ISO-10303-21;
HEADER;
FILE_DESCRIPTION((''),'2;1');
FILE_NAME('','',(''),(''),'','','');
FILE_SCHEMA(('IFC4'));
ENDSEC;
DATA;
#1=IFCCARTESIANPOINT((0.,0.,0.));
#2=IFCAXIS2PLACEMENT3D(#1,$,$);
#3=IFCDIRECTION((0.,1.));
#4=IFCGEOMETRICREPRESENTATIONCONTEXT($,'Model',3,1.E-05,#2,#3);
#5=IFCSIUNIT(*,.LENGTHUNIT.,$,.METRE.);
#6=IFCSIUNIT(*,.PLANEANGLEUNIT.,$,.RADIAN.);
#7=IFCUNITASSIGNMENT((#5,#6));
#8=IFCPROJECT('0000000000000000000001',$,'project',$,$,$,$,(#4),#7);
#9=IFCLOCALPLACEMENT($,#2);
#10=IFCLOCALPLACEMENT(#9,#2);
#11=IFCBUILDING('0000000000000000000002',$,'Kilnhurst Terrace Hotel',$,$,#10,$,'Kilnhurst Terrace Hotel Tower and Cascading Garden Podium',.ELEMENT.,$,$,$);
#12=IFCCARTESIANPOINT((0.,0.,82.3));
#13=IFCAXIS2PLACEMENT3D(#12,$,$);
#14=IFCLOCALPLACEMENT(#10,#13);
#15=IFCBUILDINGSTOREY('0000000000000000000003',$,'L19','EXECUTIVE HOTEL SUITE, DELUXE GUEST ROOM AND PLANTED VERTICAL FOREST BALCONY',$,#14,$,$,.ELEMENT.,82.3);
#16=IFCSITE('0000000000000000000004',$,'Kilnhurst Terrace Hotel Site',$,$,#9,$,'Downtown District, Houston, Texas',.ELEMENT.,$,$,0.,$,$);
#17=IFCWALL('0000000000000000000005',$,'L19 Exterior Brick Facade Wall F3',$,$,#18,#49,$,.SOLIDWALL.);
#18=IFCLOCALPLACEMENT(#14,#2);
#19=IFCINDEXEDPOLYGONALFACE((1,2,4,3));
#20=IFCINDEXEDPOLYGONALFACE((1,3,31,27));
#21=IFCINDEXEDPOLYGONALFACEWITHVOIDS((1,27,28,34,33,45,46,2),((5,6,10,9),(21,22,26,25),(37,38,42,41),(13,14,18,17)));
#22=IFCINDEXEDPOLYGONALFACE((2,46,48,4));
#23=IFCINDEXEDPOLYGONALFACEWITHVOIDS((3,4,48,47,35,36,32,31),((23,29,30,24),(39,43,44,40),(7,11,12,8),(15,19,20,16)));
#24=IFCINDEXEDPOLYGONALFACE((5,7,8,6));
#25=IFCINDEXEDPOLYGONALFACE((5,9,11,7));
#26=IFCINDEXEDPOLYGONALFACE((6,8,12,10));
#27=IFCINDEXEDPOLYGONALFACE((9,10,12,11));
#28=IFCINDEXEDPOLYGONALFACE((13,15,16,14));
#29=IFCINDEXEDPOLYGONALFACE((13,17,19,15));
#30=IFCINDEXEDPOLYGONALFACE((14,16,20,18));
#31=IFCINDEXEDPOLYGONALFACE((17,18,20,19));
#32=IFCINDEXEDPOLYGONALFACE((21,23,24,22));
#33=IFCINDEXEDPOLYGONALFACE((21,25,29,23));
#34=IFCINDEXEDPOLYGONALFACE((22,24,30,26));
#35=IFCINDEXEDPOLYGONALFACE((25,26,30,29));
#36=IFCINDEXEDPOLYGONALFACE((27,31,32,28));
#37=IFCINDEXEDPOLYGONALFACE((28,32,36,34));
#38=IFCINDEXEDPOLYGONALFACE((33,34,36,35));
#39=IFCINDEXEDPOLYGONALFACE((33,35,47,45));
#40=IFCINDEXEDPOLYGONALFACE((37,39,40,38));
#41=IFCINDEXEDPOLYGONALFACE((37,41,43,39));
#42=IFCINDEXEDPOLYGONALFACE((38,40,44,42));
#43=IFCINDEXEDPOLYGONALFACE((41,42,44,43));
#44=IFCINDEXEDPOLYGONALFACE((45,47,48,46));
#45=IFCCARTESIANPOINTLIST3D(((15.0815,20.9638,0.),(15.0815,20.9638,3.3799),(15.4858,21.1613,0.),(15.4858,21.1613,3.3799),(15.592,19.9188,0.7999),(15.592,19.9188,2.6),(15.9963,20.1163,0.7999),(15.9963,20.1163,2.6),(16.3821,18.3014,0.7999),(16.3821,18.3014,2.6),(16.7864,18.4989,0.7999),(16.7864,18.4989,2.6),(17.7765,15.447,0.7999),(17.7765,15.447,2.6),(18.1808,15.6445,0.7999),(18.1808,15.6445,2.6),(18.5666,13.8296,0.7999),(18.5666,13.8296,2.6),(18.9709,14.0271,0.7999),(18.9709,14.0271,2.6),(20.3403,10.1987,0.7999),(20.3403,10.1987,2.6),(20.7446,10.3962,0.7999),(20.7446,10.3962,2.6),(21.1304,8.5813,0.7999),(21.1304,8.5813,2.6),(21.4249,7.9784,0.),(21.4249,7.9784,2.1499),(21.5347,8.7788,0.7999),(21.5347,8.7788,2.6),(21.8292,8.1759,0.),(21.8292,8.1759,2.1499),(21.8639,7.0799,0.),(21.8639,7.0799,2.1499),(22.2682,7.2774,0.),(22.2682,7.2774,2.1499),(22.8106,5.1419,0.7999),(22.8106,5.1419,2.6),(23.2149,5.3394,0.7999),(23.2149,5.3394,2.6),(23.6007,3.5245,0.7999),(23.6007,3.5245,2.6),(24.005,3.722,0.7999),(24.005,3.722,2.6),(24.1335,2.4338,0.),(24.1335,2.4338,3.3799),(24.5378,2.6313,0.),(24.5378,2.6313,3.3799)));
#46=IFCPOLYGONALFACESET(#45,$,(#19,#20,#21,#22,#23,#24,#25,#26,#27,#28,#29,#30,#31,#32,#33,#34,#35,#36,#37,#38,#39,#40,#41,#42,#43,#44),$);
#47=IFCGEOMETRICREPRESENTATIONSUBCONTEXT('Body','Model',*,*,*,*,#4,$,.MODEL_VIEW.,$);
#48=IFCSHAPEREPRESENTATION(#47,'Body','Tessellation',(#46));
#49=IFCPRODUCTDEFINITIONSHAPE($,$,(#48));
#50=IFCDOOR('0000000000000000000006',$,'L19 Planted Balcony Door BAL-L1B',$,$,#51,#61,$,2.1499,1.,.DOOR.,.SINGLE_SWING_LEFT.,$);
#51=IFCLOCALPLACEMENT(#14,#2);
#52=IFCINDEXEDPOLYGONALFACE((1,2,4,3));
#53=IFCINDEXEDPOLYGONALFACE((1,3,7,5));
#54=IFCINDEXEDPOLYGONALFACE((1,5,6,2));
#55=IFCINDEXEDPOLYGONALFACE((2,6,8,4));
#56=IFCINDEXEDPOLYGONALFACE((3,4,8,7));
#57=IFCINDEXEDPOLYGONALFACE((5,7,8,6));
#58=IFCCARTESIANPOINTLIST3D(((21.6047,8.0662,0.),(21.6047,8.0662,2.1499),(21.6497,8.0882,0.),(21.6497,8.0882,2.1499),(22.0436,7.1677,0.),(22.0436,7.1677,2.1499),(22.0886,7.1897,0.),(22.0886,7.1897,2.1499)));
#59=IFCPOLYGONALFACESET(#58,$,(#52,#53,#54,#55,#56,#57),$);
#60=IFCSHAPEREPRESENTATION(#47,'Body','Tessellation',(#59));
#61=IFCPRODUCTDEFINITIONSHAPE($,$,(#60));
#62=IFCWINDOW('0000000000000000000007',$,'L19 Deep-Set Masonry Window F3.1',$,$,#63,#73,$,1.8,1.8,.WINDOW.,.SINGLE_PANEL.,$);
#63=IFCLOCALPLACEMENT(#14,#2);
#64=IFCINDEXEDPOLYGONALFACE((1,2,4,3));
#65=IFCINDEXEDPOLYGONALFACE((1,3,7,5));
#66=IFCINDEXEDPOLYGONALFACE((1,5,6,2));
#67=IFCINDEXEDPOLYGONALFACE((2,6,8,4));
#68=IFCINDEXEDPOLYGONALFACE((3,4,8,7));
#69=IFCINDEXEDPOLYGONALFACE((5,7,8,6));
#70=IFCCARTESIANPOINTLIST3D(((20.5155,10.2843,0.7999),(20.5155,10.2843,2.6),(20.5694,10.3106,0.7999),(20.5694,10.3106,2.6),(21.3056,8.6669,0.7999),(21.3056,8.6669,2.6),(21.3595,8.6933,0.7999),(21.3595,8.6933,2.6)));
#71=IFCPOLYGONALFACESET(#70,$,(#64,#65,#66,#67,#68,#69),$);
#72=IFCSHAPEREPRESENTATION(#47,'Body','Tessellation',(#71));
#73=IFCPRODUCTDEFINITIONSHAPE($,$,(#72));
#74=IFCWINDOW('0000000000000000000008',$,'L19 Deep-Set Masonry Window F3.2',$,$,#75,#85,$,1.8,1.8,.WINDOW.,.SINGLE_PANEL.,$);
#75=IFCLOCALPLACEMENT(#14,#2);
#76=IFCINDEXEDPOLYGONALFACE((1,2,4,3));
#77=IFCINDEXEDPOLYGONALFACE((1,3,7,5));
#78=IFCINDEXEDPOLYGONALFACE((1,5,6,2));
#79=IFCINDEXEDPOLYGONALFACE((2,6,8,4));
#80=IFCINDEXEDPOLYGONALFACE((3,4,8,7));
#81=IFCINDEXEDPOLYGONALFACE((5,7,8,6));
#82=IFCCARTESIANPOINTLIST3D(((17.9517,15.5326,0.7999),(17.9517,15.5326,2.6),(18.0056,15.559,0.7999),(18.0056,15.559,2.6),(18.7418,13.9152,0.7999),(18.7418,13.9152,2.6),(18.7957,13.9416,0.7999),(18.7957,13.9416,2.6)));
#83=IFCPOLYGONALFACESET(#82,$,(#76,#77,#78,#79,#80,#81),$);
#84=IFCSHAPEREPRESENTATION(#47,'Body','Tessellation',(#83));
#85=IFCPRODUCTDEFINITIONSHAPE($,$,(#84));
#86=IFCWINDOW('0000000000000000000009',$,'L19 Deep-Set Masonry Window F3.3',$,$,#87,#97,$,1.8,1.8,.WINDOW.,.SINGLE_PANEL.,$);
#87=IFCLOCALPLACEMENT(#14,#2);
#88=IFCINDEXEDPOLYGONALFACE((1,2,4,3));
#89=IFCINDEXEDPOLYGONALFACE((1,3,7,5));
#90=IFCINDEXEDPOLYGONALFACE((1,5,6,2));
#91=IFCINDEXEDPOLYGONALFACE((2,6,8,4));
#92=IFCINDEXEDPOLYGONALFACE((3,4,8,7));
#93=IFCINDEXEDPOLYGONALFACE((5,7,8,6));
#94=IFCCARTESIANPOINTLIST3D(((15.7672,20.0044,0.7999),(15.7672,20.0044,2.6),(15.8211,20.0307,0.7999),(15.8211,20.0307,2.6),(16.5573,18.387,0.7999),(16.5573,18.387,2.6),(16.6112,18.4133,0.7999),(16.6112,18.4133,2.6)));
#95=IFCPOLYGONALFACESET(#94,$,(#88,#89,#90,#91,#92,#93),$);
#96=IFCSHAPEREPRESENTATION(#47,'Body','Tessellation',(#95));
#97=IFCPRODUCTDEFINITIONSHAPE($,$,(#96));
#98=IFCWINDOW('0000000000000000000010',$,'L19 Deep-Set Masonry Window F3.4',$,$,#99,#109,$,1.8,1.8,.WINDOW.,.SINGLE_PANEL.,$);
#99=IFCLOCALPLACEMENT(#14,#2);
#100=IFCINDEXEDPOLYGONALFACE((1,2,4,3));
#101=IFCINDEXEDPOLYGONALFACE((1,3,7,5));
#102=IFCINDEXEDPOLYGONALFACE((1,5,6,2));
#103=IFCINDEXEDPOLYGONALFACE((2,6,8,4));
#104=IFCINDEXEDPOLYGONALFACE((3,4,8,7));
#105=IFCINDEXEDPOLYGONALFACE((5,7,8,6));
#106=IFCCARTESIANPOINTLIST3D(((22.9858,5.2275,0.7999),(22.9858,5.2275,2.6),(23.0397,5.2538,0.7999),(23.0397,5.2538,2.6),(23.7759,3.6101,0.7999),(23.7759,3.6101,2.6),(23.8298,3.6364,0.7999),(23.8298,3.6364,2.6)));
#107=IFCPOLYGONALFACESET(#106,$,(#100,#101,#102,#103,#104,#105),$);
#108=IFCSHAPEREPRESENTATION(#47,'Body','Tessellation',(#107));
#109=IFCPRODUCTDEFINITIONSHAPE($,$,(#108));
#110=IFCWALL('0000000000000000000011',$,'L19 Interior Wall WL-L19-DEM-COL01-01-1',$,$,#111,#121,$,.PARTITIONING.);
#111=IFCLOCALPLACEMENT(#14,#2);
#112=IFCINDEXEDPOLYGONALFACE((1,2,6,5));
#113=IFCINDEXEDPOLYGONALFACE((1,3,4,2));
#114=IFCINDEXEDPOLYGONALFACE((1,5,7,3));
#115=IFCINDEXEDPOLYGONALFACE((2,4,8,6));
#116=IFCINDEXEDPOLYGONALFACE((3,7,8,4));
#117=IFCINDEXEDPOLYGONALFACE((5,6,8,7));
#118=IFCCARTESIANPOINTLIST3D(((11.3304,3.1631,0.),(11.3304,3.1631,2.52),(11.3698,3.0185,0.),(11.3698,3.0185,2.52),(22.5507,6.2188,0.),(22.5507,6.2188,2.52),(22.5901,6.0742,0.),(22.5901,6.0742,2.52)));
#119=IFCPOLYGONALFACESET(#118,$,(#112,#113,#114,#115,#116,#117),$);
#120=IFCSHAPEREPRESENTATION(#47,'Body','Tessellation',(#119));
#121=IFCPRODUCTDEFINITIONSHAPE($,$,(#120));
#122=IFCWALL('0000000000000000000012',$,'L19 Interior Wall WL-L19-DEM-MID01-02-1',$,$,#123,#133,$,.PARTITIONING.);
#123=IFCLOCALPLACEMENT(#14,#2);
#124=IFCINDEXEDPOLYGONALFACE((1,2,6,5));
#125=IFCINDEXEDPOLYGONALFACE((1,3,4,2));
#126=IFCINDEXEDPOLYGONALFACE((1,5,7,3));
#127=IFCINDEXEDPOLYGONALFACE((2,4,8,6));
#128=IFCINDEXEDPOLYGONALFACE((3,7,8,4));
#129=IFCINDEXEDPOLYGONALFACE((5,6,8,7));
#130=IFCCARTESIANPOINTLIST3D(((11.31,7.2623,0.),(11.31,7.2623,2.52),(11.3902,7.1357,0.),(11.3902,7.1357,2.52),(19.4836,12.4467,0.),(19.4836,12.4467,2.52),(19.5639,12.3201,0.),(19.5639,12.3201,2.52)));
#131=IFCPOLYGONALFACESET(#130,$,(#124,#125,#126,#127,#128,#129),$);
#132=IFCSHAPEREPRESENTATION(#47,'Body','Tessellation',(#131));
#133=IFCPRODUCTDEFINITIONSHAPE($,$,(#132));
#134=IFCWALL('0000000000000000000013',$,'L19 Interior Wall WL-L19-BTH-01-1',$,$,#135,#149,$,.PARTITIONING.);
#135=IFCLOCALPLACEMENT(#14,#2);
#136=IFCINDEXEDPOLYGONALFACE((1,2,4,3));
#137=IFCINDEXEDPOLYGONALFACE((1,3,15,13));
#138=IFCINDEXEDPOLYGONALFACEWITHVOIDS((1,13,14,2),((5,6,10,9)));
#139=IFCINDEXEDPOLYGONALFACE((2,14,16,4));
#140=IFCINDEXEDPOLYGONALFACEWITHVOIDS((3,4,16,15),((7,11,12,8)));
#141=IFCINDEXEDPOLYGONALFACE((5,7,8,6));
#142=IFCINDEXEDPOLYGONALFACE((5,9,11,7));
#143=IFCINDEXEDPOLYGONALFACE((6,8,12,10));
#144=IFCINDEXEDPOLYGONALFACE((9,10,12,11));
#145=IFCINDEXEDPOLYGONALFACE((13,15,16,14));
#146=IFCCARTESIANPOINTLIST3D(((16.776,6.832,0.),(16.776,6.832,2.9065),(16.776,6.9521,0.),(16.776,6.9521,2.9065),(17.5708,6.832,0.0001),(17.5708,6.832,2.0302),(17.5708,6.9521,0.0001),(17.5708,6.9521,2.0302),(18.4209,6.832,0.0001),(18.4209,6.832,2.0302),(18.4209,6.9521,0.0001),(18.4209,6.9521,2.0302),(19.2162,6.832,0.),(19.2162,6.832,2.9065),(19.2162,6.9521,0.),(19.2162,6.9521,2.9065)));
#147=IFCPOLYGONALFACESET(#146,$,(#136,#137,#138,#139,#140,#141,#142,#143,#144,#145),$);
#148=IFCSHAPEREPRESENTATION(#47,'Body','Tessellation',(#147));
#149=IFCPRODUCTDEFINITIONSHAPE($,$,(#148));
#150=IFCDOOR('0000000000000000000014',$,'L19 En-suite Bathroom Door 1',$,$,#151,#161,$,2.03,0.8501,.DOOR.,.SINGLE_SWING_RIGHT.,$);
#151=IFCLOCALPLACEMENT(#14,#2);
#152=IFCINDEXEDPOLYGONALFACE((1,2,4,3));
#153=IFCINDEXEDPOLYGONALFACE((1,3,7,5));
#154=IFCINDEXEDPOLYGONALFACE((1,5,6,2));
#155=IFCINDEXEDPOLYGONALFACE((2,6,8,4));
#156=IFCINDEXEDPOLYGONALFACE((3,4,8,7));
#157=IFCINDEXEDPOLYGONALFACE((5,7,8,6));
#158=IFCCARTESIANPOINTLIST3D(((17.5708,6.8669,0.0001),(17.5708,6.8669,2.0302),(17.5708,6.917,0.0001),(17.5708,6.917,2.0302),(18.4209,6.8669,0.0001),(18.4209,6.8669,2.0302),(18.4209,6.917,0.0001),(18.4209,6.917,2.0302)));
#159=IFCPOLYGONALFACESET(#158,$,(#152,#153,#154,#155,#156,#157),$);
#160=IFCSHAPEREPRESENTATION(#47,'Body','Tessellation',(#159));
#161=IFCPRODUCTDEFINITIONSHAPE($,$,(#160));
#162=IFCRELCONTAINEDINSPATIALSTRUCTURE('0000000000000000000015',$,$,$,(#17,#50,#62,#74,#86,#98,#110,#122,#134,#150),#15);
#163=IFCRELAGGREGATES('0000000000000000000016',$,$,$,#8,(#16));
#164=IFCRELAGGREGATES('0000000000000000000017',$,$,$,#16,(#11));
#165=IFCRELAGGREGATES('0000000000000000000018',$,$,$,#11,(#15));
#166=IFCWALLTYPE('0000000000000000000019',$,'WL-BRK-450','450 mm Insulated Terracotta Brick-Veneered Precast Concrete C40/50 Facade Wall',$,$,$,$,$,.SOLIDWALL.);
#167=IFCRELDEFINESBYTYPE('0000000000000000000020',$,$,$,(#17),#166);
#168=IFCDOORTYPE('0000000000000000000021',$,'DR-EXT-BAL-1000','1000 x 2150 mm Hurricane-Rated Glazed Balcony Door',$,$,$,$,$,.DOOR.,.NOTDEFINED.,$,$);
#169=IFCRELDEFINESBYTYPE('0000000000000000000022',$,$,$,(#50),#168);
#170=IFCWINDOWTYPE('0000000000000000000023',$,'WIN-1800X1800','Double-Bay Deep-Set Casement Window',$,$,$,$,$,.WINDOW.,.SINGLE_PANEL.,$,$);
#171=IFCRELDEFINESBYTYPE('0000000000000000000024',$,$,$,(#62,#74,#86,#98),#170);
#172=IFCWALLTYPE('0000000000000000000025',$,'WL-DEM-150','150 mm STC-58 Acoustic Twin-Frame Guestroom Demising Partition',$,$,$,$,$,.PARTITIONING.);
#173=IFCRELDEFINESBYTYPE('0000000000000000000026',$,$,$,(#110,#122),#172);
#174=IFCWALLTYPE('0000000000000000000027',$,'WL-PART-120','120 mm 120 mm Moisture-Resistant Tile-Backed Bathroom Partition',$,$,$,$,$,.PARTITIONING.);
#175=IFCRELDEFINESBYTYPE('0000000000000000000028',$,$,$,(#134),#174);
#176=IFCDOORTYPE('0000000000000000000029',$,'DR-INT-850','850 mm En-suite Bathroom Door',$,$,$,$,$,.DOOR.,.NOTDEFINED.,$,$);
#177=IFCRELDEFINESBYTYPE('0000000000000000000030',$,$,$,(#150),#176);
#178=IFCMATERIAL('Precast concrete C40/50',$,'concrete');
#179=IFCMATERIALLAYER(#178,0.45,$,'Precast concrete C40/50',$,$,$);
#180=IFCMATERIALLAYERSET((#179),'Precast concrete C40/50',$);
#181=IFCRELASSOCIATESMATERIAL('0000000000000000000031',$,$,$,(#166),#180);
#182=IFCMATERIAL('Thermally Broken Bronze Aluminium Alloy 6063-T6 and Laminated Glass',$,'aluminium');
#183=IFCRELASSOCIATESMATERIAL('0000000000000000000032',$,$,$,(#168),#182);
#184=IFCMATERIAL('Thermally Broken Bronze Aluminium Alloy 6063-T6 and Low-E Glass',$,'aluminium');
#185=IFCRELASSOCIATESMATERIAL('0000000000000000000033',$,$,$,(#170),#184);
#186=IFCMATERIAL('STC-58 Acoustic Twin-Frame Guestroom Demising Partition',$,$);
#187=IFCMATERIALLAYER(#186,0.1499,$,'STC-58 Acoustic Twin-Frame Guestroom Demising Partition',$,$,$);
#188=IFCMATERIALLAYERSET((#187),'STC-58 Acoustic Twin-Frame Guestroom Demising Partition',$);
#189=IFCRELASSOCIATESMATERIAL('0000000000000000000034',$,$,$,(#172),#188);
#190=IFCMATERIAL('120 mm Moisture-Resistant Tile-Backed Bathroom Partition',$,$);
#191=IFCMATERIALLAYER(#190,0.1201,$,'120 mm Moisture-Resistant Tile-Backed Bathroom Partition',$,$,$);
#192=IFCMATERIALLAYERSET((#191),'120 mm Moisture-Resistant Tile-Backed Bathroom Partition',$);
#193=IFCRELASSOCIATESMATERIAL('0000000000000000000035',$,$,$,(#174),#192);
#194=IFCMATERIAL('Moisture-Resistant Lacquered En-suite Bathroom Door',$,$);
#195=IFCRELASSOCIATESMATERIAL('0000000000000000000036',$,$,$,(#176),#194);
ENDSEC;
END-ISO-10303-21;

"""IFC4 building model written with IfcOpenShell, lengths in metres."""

from ifc_helpers import new_model, si_unit, direction, frame, frame_2d, origin, place, context, subcontext, project, spatial, rectangle, extrude, material, layer, layer_set, type_object, element, fill, save


model = new_model("IFC4")

# Units and contexts
model_context = context("Model", 3, precision=1e-05, world=origin(), true_north=direction((0.0, 1.0)))
body_context = subcontext(model_context, "Body", "Model", "MODEL_VIEW")
ifc_project = project(units=[si_unit("LENGTHUNIT", "METRE"), si_unit("PLANEANGLEUNIT", "RADIAN")], contexts=[model_context])

# Site, building, storey
site_placement = place(None, origin())
site = spatial("IfcSite", under=ifc_project, at=site_placement, Name="Kilnhurst Terrace Hotel Site", LongName="Downtown District, Houston, Texas", CompositionType="ELEMENT", RefElevation=0.0)
building_placement = place(site_placement, origin())
building = spatial("IfcBuilding", under=site, at=building_placement, Name="Kilnhurst Terrace Hotel", LongName="Kilnhurst Terrace Hotel Tower and Cascading Garden Podium", CompositionType="ELEMENT")
storey_placement = place(building_placement, frame((0.0, 0.0, 82.3)))
storey = spatial("IfcBuildingStorey", under=building, at=storey_placement, Name="L19", Description="EXECUTIVE HOTEL SUITE, DELUXE GUEST ROOM AND PLANTED VERTICAL FOREST BALCONY", CompositionType="ELEMENT", Elevation=82.3)

# Shared definitions
ifc_material_1 = material(Name="Precast concrete C40/50", Category="concrete")
ifc_layer_1 = layer(ifc_material_1, 0.45, Name="Precast concrete C40/50")
ifc_layer_set_1 = layer_set([ifc_layer_1], Name="Precast concrete C40/50")
wall_type_1 = type_object("IfcWallType", Name="WL-BRK-450", Description="450 mm Insulated Terracotta Brick-Veneered Precast Concrete C40/50 Facade Wall", PredefinedType="SOLIDWALL", material=ifc_layer_set_1)

# Wall, openings, door, windows
wall_1_placement = place(storey_placement, frame((24.3357, 2.5325, 0.0), z_axis=(0.0, 0.0, 1.0), x_axis=(-0.438931, 0.898521, 0.0)))
wall_1 = element("IfcWall", 1, at=wall_1_placement, inside=storey, type_object=wall_type_1, Name="L19 Exterior Brick Facade Wall F3", PredefinedType="SOLIDWALL", context=body_context, shape_type="SweptSolid", body=[
    extrude(rectangle(XDim=20.6228, YDim=0.45, at=frame_2d((10.3115, 0.0))), origin(), (0.0, 0.0, 1.0), 3.3799),
])
opening_1_placement = place(wall_1_placement, frame((5.1709, 0.0, 0.0)))
opening_1 = element("IfcOpeningElement", 2, at=opening_1_placement, cuts=wall_1, PredefinedType="OPENING", context=body_context, shape_type="SweptSolid", body=[
    extrude(rectangle(XDim=1.0, YDim=2.1499, at=frame_2d((0.5, 1.075))), frame((0.0, 0.2349, 0.0), z_axis=(0.0, -1.0, 0.0), x_axis=(1.0, 0.0, 0.0)), (0.0, 0.0, 1.0), 0.47),
])
opening_2_placement = place(wall_1_placement, frame((6.842, 0.0, 0.8)))
opening_2 = element("IfcOpeningElement", 3, at=opening_2_placement, cuts=wall_1, PredefinedType="OPENING", context=body_context, shape_type="SweptSolid", body=[
    extrude(rectangle(XDim=1.8, YDim=1.8, at=frame_2d((0.8999, 0.8999))), frame((0.0, 0.2349, 0.0), z_axis=(0.0, -1.0, 0.0), x_axis=(1.0, 0.0, 0.0)), (0.0, 0.0, 1.0), 0.47),
])
opening_3_placement = place(wall_1_placement, frame((12.6831, 0.0, 0.8)))
opening_3 = element("IfcOpeningElement", 4, at=opening_3_placement, cuts=wall_1, PredefinedType="OPENING", context=body_context, shape_type="SweptSolid", body=[
    extrude(rectangle(XDim=1.8, YDim=1.8, at=frame_2d((0.8999, 0.8999))), frame((0.0, 0.2349, 0.0), z_axis=(0.0, -1.0, 0.0), x_axis=(1.0, 0.0, 0.0)), (0.0, 0.0, 1.0), 0.47),
])
opening_4_placement = place(wall_1_placement, frame((17.6599, 0.0, 0.8)))
opening_4 = element("IfcOpeningElement", 5, at=opening_4_placement, cuts=wall_1, PredefinedType="OPENING", context=body_context, shape_type="SweptSolid", body=[
    extrude(rectangle(XDim=1.8, YDim=1.8, at=frame_2d((0.8999, 0.8999))), frame((0.0, 0.2349, 0.0), z_axis=(0.0, -1.0, 0.0), x_axis=(1.0, 0.0, 0.0)), (0.0, 0.0, 1.0), 0.47),
])
opening_5_placement = place(wall_1_placement, frame((1.2141, 0.0, 0.8)))
opening_5 = element("IfcOpeningElement", 6, at=opening_5_placement, cuts=wall_1, PredefinedType="OPENING", context=body_context, shape_type="SweptSolid", body=[
    extrude(rectangle(XDim=1.8, YDim=1.8, at=frame_2d((0.8999, 0.8999))), frame((0.0, 0.2349, 0.0), z_axis=(0.0, -1.0, 0.0), x_axis=(1.0, 0.0, 0.0)), (0.0, 0.0, 1.0), 0.47),
])
ifc_material_2 = material(Name="Thermally Broken Bronze Aluminium Alloy 6063-T6 and Laminated Glass", Category="aluminium")
door_type_1 = type_object("IfcDoorType", Name="DR-EXT-BAL-1000", Description="1000 x 2150 mm Hurricane-Rated Glazed Balcony Door", OperationType="NOTDEFINED", PredefinedType="DOOR", material=ifc_material_2)
door_1_placement = place(opening_1_placement, origin())
door_1 = element("IfcDoor", 7, at=door_1_placement, inside=storey, type_object=door_type_1, Name="L19 Planted Balcony Door BAL-L1B", OperationType="SINGLE_SWING_LEFT", OverallHeight=2.1499, OverallWidth=1.0, PredefinedType="DOOR", context=body_context, shape_type="SweptSolid", body=[
    extrude(rectangle(XDim=1.0, YDim=2.1499, at=frame_2d((0.5, 1.075))), frame((0.0, 0.0249, 0.0), z_axis=(0.0, -1.0, 0.0), x_axis=(1.0, 0.0, 0.0)), (0.0, 0.0, 1.0), 0.05),
])
fill(opening_1, door_1)
ifc_material_3 = material(Name="Thermally Broken Bronze Aluminium Alloy 6063-T6 and Low-E Glass", Category="aluminium")
window_type = type_object("IfcWindowType", Name="WIN-1800X1800", Description="Double-Bay Deep-Set Casement Window", PartitioningType="SINGLE_PANEL", PredefinedType="WINDOW", material=ifc_material_3)
window_1_placement = place(opening_2_placement, origin())
window_1 = element("IfcWindow", 8, at=window_1_placement, inside=storey, type_object=window_type, Name="L19 Deep-Set Masonry Window F3.1", OverallHeight=1.8, OverallWidth=1.8, PartitioningType="SINGLE_PANEL", PredefinedType="WINDOW", context=body_context, shape_type="SweptSolid", body=[
    extrude(rectangle(XDim=1.8, YDim=1.8, at=frame_2d((0.8999, 0.8999))), frame((0.0, 0.03, 0.0), z_axis=(0.0, -1.0, 0.0), x_axis=(1.0, 0.0, 0.0)), (0.0, 0.0, 1.0), 0.0601),
])
fill(opening_2, window_1)
window_2_placement = place(opening_3_placement, origin())
window_2 = element("IfcWindow", 9, at=window_2_placement, inside=storey, type_object=window_type, Name="L19 Deep-Set Masonry Window F3.2", OverallHeight=1.8, OverallWidth=1.8, PartitioningType="SINGLE_PANEL", PredefinedType="WINDOW", context=body_context, shape_type="SweptSolid", body=[
    extrude(rectangle(XDim=1.8, YDim=1.8, at=frame_2d((0.8999, 0.8999))), frame((0.0, 0.03, 0.0), z_axis=(0.0, -1.0, 0.0), x_axis=(1.0, 0.0, 0.0)), (0.0, 0.0, 1.0), 0.0601),
])
fill(opening_3, window_2)
window_3_placement = place(opening_4_placement, origin())
window_3 = element("IfcWindow", 10, at=window_3_placement, inside=storey, type_object=window_type, Name="L19 Deep-Set Masonry Window F3.3", OverallHeight=1.8, OverallWidth=1.8, PartitioningType="SINGLE_PANEL", PredefinedType="WINDOW", context=body_context, shape_type="SweptSolid", body=[
    extrude(rectangle(XDim=1.8, YDim=1.8, at=frame_2d((0.8999, 0.8999))), frame((0.0, 0.03, 0.0), z_axis=(0.0, -1.0, 0.0), x_axis=(1.0, 0.0, 0.0)), (0.0, 0.0, 1.0), 0.0601),
])
fill(opening_4, window_3)
window_4_placement = place(opening_5_placement, origin())
window_4 = element("IfcWindow", 11, at=window_4_placement, inside=storey, type_object=window_type, Name="L19 Deep-Set Masonry Window F3.4", OverallHeight=1.8, OverallWidth=1.8, PartitioningType="SINGLE_PANEL", PredefinedType="WINDOW", context=body_context, shape_type="SweptSolid", body=[
    extrude(rectangle(XDim=1.8, YDim=1.8, at=frame_2d((0.8999, 0.8999))), frame((0.0, 0.03, 0.0), z_axis=(0.0, -1.0, 0.0), x_axis=(1.0, 0.0, 0.0)), (0.0, 0.0, 1.0), 0.0601),
])
fill(opening_5, window_4)

# Walls
ifc_material_4 = material(Name="STC-58 Acoustic Twin-Frame Guestroom Demising Partition")
ifc_layer_2 = layer(ifc_material_4, 0.1499, Name="STC-58 Acoustic Twin-Frame Guestroom Demising Partition")
ifc_layer_set_2 = layer_set([ifc_layer_2], Name="STC-58 Acoustic Twin-Frame Guestroom Demising Partition")
wall_type_2 = type_object("IfcWallType", Name="WL-DEM-150", Description="150 mm STC-58 Acoustic Twin-Frame Guestroom Demising Partition", PredefinedType="PARTITIONING", material=ifc_layer_set_2)
wall_2_placement = place(storey_placement, frame((11.3501, 3.0908, 0.0), z_axis=(0.0, 0.0, 1.0), x_axis=(0.96486, 0.262766, 0.0)))
element("IfcWall", 12, at=wall_2_placement, inside=storey, type_object=wall_type_2, Name="L19 Interior Wall WL-L19-DEM-COL01-01-1", PredefinedType="PARTITIONING", context=body_context, shape_type="SweptSolid", body=[
    extrude(rectangle(XDim=11.6289, YDim=0.1499, at=frame_2d((5.8145, 0.0))), origin(), (0.0, 0.0, 1.0), 2.52),
])
wall_3_placement = place(storey_placement, frame((11.3501, 7.199, 0.0), z_axis=(0.0, 0.0, 1.0), x_axis=(0.844458, 0.535621, 0.0)))
element("IfcWall", 13, at=wall_3_placement, inside=storey, type_object=wall_type_2, Name="L19 Interior Wall WL-L19-DEM-MID01-02-1", PredefinedType="PARTITIONING", context=body_context, shape_type="SweptSolid", body=[
    extrude(rectangle(XDim=9.6792, YDim=0.1499, at=frame_2d((4.8396, 0.0))), origin(), (0.0, 0.0, 1.0), 2.52),
])

# Wall, opening, door
ifc_material_5 = material(Name="120 mm Moisture-Resistant Tile-Backed Bathroom Partition")
ifc_layer_3 = layer(ifc_material_5, 0.1201, Name="120 mm Moisture-Resistant Tile-Backed Bathroom Partition")
ifc_layer_set_3 = layer_set([ifc_layer_3], Name="120 mm Moisture-Resistant Tile-Backed Bathroom Partition")
wall_type_3 = type_object("IfcWallType", Name="WL-PART-120", Description="120 mm 120 mm Moisture-Resistant Tile-Backed Bathroom Partition", PredefinedType="PARTITIONING", material=ifc_layer_set_3)
wall_4_placement = place(storey_placement, frame((16.7759, 6.8921, 0.0), z_axis=(0.0, 0.0, 1.0), x_axis=(1.0, 0.0, 0.0)))
wall_4 = element("IfcWall", 14, at=wall_4_placement, inside=storey, type_object=wall_type_3, Name="L19 Interior Wall WL-L19-BTH-01-1", PredefinedType="PARTITIONING", context=body_context, shape_type="SweptSolid", body=[
    extrude(rectangle(XDim=2.4402, YDim=0.1201, at=frame_2d((1.2202, 0.0))), origin(), (0.0, 0.0, 1.0), 2.9065),
])
opening_6_placement = place(wall_4_placement, frame((0.7949, 0.0, 0.0)))
opening_6 = element("IfcOpeningElement", 15, at=opening_6_placement, cuts=wall_4, PredefinedType="OPENING", context=body_context, shape_type="SweptSolid", body=[
    extrude(rectangle(XDim=0.8501, YDim=2.03, at=frame_2d((0.425, 1.0151))), frame((0.0, 0.0701, 0.0), z_axis=(0.0, -1.0, 0.0), x_axis=(1.0, 0.0, 0.0)), (0.0, 0.0, 1.0), 0.1401),
])
ifc_material_6 = material(Name="Moisture-Resistant Lacquered En-suite Bathroom Door")
door_type_2 = type_object("IfcDoorType", Name="DR-INT-850", Description="850 mm En-suite Bathroom Door", OperationType="NOTDEFINED", PredefinedType="DOOR", material=ifc_material_6)
door_2_placement = place(opening_6_placement, origin())
door_2 = element("IfcDoor", 16, at=door_2_placement, inside=storey, type_object=door_type_2, Name="L19 En-suite Bathroom Door 1", OperationType="SINGLE_SWING_RIGHT", OverallHeight=2.03, OverallWidth=0.8501, PredefinedType="DOOR", context=body_context, shape_type="SweptSolid", body=[
    extrude(rectangle(XDim=0.8501, YDim=2.03, at=frame_2d((0.425, 1.0151))), frame((0.0, 0.0249, 0.0), z_axis=(0.0, -1.0, 0.0), x_axis=(1.0, 0.0, 0.0)), (0.0, 0.0, 1.0), 0.05),
])
fill(opening_6, door_2)

save(model, "model.ifc")
